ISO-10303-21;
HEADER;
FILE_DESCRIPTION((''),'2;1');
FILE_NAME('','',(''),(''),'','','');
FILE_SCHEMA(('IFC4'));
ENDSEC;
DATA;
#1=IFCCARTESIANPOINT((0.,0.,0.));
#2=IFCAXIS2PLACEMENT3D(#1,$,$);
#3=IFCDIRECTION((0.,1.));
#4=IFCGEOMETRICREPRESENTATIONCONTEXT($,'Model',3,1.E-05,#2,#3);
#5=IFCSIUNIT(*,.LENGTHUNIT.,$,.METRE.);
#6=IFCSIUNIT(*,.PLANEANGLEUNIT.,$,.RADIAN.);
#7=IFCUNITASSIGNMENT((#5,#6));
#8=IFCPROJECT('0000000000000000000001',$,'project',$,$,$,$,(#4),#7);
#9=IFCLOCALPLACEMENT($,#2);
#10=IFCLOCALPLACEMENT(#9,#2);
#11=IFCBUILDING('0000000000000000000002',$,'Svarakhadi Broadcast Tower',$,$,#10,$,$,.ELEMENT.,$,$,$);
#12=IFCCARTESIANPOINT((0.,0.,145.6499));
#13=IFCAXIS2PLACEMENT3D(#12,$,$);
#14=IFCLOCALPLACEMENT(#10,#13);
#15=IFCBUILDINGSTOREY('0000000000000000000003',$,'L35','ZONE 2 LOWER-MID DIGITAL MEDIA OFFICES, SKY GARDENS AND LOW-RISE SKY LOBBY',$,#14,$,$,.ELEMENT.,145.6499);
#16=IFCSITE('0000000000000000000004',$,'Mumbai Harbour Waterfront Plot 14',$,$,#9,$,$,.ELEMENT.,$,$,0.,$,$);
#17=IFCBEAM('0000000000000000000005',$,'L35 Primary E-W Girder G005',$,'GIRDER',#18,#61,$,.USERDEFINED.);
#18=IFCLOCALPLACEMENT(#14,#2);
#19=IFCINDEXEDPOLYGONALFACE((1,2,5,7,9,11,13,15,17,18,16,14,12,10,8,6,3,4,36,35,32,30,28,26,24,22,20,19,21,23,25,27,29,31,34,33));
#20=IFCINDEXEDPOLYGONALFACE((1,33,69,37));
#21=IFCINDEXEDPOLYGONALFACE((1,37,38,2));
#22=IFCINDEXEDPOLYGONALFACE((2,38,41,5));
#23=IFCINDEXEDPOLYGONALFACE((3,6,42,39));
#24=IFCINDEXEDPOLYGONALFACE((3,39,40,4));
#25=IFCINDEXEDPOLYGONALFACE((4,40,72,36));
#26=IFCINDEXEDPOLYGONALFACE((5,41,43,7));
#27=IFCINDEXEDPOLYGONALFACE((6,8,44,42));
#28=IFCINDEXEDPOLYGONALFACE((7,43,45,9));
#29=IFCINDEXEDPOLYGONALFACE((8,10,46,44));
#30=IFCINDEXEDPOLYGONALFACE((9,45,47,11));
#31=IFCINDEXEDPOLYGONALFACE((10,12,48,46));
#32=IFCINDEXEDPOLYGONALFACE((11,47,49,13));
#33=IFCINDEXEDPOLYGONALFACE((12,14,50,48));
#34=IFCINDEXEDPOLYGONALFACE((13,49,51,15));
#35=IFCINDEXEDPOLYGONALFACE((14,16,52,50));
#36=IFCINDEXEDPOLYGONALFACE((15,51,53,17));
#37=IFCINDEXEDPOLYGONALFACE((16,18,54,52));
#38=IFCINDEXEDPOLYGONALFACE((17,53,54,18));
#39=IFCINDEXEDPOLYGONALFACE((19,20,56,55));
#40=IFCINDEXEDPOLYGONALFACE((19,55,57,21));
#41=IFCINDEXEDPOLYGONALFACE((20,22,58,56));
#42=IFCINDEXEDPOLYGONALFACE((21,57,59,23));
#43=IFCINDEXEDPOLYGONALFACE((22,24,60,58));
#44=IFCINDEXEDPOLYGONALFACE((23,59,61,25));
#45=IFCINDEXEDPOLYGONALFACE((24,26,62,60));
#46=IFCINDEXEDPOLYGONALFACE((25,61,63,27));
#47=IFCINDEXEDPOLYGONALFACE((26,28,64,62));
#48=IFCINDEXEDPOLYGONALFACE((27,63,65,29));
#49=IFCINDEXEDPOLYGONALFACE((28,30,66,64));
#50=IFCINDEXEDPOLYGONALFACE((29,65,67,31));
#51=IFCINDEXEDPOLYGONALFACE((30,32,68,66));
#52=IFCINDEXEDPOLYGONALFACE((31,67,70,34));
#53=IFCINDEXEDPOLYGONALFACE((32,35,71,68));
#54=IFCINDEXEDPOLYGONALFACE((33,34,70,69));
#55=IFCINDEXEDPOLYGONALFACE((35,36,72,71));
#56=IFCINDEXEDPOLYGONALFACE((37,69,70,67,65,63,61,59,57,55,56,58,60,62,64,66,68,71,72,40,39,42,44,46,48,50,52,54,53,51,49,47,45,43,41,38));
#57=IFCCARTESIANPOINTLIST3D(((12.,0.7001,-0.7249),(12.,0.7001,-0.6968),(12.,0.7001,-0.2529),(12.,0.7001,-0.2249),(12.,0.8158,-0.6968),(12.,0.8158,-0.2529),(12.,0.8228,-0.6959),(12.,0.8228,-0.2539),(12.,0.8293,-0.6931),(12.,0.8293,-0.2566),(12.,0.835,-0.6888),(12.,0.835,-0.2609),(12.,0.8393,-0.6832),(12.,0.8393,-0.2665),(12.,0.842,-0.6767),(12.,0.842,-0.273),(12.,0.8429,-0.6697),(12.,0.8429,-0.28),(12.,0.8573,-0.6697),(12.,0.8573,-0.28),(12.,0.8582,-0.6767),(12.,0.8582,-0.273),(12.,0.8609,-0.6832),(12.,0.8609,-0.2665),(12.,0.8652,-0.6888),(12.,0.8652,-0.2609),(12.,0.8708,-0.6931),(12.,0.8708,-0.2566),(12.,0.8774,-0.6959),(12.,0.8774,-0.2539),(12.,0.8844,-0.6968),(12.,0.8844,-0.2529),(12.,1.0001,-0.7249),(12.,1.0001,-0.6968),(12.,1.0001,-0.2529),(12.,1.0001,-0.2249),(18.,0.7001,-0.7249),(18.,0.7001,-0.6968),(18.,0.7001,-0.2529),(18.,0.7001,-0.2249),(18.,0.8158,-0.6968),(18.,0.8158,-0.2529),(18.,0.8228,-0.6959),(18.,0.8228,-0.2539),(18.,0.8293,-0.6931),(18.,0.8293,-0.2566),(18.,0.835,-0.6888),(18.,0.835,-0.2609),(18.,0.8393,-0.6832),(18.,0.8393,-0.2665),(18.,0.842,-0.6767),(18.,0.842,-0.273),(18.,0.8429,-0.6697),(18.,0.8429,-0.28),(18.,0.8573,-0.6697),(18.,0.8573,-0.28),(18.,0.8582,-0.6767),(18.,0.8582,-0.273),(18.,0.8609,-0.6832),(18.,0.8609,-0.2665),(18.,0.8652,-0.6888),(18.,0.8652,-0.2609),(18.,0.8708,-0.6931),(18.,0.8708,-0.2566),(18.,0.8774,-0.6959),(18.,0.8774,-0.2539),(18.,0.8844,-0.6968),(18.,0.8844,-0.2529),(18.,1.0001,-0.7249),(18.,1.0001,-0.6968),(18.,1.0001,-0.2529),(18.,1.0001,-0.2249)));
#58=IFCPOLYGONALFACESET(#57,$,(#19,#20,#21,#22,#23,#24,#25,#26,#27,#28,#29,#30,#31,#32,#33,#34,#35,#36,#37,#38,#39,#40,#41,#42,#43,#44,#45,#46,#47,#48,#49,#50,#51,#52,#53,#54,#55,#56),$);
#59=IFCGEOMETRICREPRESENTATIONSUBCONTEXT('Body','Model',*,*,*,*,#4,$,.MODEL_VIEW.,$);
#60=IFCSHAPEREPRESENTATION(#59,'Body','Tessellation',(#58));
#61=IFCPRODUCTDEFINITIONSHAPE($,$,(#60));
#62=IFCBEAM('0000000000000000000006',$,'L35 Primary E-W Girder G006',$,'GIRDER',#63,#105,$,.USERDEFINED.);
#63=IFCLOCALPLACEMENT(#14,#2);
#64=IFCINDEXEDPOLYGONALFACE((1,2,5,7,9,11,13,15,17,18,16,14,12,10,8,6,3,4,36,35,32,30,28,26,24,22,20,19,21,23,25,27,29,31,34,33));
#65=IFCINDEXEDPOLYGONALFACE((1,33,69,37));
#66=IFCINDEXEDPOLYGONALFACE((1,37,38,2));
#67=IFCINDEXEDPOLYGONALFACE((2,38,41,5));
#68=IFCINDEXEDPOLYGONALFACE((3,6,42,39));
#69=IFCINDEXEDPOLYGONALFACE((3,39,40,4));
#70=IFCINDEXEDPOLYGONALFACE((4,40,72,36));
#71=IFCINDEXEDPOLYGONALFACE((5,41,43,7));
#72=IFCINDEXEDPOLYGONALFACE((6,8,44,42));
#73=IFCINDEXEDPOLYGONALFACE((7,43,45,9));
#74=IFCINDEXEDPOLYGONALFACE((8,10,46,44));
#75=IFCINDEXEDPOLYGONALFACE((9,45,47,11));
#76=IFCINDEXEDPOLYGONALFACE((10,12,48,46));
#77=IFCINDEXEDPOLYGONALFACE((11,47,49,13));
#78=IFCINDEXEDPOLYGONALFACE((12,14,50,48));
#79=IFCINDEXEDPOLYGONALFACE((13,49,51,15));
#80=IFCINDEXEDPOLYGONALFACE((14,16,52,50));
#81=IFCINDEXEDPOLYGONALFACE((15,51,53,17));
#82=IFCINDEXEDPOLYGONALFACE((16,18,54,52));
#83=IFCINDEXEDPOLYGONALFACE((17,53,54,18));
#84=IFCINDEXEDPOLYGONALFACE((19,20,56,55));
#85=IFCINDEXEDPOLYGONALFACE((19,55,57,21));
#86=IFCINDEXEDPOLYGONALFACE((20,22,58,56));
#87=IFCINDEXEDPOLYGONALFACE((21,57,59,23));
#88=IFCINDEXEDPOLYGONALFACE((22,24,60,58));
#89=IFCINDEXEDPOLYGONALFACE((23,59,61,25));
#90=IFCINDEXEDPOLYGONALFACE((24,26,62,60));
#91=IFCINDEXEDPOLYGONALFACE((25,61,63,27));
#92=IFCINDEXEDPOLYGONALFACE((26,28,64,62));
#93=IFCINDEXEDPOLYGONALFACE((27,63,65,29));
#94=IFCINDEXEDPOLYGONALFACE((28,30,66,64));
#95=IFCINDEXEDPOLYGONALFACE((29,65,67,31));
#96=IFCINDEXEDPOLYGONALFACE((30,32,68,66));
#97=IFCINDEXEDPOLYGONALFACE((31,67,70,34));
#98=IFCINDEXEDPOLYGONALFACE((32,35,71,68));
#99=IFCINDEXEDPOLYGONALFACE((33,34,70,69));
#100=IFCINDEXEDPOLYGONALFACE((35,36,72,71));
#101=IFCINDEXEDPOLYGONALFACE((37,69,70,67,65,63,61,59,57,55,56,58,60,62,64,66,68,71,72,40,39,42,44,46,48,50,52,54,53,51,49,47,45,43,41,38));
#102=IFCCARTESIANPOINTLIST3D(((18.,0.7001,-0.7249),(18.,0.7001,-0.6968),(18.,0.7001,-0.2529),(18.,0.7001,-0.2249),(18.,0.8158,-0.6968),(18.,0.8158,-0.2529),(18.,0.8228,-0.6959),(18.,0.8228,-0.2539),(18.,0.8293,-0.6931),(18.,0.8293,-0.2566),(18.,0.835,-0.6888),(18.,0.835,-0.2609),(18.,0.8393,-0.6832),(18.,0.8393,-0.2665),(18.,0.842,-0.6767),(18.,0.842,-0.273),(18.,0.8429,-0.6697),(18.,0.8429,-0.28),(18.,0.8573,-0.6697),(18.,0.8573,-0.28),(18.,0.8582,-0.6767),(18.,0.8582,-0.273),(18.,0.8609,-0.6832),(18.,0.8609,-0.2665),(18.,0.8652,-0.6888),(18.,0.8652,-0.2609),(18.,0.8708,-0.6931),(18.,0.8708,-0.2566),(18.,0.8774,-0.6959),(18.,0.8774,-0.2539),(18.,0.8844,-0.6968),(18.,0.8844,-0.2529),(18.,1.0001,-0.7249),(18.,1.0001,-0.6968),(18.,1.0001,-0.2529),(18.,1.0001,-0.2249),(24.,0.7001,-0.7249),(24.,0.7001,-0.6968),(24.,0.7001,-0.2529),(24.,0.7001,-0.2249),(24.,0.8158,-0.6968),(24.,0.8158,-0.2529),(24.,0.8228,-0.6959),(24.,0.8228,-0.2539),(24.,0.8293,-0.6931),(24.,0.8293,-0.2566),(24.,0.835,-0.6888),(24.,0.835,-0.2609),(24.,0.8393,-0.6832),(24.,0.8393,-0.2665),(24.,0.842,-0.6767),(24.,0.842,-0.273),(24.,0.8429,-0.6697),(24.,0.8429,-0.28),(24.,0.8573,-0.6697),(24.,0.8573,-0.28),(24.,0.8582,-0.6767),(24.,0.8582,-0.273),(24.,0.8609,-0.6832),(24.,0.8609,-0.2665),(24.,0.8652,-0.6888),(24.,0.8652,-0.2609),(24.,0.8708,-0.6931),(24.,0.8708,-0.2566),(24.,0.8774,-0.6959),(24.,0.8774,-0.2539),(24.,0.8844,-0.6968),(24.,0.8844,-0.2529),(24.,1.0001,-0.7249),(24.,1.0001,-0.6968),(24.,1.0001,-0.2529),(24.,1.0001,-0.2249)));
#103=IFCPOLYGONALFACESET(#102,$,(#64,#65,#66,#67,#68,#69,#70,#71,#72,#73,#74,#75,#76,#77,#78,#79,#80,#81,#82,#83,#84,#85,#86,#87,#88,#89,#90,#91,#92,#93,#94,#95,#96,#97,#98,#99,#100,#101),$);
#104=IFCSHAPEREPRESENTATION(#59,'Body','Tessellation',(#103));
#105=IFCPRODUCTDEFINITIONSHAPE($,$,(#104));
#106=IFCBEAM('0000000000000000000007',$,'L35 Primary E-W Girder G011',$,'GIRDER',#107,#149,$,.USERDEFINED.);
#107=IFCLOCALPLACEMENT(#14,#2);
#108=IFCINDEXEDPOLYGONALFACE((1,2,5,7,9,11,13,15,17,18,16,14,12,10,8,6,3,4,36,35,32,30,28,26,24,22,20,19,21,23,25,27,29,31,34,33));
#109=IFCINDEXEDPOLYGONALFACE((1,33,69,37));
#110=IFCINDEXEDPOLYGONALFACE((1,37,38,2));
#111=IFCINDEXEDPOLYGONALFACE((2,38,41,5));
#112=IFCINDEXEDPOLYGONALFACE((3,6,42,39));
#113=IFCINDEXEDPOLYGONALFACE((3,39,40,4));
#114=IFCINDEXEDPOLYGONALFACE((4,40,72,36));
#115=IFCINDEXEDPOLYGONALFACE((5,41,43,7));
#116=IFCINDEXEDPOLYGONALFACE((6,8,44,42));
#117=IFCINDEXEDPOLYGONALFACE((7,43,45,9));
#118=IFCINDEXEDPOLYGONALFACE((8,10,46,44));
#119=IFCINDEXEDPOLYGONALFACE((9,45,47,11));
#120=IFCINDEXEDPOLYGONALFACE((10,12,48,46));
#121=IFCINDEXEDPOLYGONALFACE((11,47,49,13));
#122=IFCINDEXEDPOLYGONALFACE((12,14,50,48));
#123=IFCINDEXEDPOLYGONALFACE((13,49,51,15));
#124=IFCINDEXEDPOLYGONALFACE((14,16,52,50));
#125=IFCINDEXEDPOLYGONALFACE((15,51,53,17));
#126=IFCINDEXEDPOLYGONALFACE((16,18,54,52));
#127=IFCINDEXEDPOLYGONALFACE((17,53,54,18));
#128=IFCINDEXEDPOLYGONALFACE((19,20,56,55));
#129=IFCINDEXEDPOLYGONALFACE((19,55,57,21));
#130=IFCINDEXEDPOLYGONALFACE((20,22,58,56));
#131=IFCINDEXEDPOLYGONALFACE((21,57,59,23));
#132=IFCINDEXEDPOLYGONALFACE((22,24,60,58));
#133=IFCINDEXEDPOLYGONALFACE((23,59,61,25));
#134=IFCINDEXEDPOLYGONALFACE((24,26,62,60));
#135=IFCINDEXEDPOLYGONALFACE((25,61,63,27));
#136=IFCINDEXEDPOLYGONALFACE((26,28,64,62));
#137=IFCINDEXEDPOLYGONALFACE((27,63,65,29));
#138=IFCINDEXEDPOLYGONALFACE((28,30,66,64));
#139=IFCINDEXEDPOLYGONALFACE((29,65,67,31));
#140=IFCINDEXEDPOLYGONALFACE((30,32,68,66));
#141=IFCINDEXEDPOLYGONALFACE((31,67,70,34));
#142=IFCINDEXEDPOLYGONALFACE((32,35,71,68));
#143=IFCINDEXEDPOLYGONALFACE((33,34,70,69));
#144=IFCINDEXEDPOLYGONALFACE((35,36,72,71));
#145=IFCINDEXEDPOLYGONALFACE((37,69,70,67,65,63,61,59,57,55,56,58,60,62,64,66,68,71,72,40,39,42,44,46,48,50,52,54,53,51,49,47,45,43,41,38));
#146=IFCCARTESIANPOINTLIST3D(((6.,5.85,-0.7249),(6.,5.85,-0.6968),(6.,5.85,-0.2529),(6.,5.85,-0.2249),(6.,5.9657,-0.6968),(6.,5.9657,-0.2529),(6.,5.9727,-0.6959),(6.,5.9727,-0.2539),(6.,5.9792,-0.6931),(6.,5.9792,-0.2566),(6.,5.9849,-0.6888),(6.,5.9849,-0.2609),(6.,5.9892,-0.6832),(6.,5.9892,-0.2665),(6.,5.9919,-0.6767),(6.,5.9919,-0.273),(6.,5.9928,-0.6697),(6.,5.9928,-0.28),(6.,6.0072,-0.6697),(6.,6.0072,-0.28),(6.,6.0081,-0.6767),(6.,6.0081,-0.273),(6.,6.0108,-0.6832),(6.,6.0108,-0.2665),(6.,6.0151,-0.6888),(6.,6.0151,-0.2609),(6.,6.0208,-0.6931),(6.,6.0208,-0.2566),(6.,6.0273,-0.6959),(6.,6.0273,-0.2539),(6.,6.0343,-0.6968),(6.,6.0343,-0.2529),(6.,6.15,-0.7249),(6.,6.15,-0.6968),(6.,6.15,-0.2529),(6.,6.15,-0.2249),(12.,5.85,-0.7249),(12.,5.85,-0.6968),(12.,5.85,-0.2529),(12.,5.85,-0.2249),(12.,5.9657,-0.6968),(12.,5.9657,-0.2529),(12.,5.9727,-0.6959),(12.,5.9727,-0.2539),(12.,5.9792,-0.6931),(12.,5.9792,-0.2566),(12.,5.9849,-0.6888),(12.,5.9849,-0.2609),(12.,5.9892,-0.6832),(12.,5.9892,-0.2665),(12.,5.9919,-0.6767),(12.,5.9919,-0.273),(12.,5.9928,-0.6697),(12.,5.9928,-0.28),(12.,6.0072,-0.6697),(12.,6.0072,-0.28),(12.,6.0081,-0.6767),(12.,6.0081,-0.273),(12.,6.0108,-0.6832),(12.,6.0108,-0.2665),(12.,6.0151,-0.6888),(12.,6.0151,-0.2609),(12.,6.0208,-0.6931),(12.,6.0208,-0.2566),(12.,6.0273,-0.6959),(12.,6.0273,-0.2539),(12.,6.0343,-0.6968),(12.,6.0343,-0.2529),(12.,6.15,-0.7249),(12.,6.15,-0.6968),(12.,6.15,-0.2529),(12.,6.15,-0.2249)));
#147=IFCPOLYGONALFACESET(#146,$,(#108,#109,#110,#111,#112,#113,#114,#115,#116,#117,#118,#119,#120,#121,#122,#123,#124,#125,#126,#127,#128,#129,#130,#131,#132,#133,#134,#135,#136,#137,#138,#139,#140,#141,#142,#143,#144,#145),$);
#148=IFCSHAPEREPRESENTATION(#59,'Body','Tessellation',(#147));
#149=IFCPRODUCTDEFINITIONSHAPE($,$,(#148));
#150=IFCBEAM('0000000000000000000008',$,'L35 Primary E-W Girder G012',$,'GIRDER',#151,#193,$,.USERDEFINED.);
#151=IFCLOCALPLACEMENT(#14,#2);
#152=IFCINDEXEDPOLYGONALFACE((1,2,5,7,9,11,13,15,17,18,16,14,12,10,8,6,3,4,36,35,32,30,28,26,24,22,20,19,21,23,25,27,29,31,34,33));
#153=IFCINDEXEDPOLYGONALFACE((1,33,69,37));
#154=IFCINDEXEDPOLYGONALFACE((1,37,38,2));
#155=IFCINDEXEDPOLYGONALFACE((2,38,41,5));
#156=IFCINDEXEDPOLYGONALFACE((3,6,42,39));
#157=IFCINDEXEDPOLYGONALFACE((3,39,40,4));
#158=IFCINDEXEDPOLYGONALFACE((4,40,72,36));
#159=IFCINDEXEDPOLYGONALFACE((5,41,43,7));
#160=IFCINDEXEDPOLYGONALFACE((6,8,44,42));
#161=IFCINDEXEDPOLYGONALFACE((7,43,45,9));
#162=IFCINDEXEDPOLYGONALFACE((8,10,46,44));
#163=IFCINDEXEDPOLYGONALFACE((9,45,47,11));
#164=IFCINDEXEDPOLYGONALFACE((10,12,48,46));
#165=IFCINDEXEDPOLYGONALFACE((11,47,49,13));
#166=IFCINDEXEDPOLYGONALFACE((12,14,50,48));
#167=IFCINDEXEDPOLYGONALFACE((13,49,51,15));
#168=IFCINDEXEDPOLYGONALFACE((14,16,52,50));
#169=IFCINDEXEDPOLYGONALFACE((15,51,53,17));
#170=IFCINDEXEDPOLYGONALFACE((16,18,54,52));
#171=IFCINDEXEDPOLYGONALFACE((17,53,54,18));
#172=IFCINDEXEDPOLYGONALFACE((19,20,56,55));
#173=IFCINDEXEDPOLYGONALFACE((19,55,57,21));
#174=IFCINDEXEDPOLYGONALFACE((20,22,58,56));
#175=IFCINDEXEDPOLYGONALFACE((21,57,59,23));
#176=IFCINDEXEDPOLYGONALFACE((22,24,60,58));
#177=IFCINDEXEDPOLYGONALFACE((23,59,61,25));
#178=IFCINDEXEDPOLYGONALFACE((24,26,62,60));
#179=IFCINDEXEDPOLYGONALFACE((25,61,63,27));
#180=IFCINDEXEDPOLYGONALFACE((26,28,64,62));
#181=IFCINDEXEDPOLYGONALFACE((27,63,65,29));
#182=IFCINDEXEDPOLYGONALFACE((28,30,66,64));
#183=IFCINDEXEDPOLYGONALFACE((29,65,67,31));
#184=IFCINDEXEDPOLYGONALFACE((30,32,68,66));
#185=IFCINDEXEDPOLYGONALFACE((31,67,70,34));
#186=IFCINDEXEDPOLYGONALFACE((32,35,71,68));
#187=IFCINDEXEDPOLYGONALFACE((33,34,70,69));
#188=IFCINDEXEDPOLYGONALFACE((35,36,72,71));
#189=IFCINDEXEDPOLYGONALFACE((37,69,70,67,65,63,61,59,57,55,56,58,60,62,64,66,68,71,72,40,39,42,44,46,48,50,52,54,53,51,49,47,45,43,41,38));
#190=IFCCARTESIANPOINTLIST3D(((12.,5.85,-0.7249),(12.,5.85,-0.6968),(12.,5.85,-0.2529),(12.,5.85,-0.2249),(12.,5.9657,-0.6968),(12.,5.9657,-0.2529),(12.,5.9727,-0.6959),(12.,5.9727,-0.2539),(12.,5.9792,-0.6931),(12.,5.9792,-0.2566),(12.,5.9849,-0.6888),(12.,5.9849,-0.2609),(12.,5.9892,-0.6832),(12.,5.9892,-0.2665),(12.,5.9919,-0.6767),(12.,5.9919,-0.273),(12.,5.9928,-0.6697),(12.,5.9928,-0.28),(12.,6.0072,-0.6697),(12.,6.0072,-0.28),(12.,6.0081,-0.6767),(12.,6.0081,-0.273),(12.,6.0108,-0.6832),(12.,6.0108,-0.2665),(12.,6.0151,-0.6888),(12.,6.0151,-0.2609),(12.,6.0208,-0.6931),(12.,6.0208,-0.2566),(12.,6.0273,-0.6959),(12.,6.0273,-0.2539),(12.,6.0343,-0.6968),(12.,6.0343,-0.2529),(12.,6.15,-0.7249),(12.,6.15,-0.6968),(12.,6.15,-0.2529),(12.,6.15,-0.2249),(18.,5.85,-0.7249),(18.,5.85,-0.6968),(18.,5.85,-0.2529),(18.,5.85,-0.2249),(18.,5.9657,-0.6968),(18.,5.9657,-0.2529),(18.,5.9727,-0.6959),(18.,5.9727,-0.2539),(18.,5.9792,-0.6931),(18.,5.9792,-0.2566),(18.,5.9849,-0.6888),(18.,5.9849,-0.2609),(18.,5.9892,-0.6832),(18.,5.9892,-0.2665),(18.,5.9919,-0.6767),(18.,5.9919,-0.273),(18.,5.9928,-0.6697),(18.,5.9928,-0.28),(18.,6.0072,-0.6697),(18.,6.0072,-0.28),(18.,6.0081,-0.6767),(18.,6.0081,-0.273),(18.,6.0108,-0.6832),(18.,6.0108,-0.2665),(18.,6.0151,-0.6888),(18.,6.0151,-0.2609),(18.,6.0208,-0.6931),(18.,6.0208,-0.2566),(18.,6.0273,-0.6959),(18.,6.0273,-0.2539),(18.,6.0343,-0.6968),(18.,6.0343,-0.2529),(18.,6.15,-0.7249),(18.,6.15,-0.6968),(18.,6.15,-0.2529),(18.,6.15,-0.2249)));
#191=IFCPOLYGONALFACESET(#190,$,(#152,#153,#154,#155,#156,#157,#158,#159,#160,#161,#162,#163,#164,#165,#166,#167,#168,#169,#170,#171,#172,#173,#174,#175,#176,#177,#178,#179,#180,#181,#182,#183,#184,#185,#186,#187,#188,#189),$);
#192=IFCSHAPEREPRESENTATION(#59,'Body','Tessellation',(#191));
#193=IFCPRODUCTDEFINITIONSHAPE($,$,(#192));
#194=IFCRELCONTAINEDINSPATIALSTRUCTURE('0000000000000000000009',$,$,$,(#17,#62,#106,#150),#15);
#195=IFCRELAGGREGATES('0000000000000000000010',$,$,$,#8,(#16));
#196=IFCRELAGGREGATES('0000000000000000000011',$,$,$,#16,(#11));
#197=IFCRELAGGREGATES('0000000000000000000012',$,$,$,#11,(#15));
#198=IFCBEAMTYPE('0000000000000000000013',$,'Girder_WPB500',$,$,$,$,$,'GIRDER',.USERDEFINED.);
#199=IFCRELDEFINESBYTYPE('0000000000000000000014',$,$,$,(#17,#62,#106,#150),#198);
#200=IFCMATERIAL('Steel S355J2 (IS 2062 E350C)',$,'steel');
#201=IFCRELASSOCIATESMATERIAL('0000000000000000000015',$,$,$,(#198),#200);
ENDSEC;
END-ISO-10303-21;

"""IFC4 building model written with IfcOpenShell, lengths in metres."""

from ifc_helpers import new_model, si_unit, direction, frame, origin, origin_2d, place, context, subcontext, project, spatial, i_section, extrude, material, material_profile, profile_set, type_object, element, save


model = new_model("IFC4")

# Units and contexts
model_context = context("Model", 3, precision=1e-05, world=origin(), true_north=direction((0.0, 1.0)))
body_context = subcontext(model_context, "Body", "Model", "MODEL_VIEW")
ifc_project = project(units=[si_unit("LENGTHUNIT", "METRE"), si_unit("PLANEANGLEUNIT", "RADIAN")], contexts=[model_context])

# Site, building, storey
site_placement = place(None, origin())
site = spatial("IfcSite", under=ifc_project, at=site_placement, Name="Mumbai Harbour Waterfront Plot 14", CompositionType="ELEMENT", RefElevation=0.0)
building_placement = place(site_placement, origin())
building = spatial("IfcBuilding", under=site, at=building_placement, Name="Svarakhadi Broadcast Tower", CompositionType="ELEMENT")
storey_placement = place(building_placement, frame((0.0, 0.0, 145.6499)))
storey = spatial("IfcBuildingStorey", under=building, at=storey_placement, Name="L35", Description="ZONE 2 LOWER-MID DIGITAL MEDIA OFFICES, SKY GARDENS AND LOW-RISE SKY LOBBY", CompositionType="ELEMENT", Elevation=145.6499)

# Shared definitions
ifc_material_1 = material(Name="Steel S355J2 (IS 2062 E350C)", Category="steel")

# Beams
ifc_material_profile_1 = material_profile(ifc_material_1, i_section(OverallWidth=0.3, OverallDepth=0.5, WebThickness=0.0144, FlangeThickness=0.0281, FilletRadius=0.0271, at=origin_2d()), Name="WPB 500x300x187")
ifc_profile_set_1 = profile_set([ifc_material_profile_1], Name="Steel S355J2 (IS 2062 E350C)")
beam_type_1 = type_object("IfcBeamType", Name="Girder_WPB500", ElementType="GIRDER", PredefinedType="USERDEFINED", material=ifc_profile_set_1)
for number, where, z_axis, x_axis, name in (
    (1, (12.0, 0.8501, -0.4749), (1.0, 0.0, 0.0), (0.0, 1.0, 0.0), "L35 Primary E-W Girder G005"),
    (2, (18.0, 0.8501, -0.4749), (1.0, 0.0, 0.0), (0.0, 1.0, 0.0), "L35 Primary E-W Girder G006"),
    (3, (6.0, 6.0, -0.4749), (1.0, 0.0, 0.0), (0.0, 1.0, 0.0), "L35 Primary E-W Girder G011"),
    (4, (12.0, 6.0, -0.4749), (1.0, 0.0, 0.0), (0.0, 1.0, 0.0), "L35 Primary E-W Girder G012"),
):
    element("IfcBeam", number, at=place(storey_placement, frame(where, z_axis=z_axis, x_axis=x_axis)), inside=storey, type_object=beam_type_1, Name=name, ObjectType="GIRDER", PredefinedType="USERDEFINED", context=body_context, shape_type="SweptSolid", body=[
        extrude(i_section(OverallWidth=0.3, OverallDepth=0.5, WebThickness=0.0144, FlangeThickness=0.0281, FilletRadius=0.0271, at=origin_2d()), origin(), (0.0, 0.0, 1.0), 6.0),
    ])

save(model, "model.ifc")
